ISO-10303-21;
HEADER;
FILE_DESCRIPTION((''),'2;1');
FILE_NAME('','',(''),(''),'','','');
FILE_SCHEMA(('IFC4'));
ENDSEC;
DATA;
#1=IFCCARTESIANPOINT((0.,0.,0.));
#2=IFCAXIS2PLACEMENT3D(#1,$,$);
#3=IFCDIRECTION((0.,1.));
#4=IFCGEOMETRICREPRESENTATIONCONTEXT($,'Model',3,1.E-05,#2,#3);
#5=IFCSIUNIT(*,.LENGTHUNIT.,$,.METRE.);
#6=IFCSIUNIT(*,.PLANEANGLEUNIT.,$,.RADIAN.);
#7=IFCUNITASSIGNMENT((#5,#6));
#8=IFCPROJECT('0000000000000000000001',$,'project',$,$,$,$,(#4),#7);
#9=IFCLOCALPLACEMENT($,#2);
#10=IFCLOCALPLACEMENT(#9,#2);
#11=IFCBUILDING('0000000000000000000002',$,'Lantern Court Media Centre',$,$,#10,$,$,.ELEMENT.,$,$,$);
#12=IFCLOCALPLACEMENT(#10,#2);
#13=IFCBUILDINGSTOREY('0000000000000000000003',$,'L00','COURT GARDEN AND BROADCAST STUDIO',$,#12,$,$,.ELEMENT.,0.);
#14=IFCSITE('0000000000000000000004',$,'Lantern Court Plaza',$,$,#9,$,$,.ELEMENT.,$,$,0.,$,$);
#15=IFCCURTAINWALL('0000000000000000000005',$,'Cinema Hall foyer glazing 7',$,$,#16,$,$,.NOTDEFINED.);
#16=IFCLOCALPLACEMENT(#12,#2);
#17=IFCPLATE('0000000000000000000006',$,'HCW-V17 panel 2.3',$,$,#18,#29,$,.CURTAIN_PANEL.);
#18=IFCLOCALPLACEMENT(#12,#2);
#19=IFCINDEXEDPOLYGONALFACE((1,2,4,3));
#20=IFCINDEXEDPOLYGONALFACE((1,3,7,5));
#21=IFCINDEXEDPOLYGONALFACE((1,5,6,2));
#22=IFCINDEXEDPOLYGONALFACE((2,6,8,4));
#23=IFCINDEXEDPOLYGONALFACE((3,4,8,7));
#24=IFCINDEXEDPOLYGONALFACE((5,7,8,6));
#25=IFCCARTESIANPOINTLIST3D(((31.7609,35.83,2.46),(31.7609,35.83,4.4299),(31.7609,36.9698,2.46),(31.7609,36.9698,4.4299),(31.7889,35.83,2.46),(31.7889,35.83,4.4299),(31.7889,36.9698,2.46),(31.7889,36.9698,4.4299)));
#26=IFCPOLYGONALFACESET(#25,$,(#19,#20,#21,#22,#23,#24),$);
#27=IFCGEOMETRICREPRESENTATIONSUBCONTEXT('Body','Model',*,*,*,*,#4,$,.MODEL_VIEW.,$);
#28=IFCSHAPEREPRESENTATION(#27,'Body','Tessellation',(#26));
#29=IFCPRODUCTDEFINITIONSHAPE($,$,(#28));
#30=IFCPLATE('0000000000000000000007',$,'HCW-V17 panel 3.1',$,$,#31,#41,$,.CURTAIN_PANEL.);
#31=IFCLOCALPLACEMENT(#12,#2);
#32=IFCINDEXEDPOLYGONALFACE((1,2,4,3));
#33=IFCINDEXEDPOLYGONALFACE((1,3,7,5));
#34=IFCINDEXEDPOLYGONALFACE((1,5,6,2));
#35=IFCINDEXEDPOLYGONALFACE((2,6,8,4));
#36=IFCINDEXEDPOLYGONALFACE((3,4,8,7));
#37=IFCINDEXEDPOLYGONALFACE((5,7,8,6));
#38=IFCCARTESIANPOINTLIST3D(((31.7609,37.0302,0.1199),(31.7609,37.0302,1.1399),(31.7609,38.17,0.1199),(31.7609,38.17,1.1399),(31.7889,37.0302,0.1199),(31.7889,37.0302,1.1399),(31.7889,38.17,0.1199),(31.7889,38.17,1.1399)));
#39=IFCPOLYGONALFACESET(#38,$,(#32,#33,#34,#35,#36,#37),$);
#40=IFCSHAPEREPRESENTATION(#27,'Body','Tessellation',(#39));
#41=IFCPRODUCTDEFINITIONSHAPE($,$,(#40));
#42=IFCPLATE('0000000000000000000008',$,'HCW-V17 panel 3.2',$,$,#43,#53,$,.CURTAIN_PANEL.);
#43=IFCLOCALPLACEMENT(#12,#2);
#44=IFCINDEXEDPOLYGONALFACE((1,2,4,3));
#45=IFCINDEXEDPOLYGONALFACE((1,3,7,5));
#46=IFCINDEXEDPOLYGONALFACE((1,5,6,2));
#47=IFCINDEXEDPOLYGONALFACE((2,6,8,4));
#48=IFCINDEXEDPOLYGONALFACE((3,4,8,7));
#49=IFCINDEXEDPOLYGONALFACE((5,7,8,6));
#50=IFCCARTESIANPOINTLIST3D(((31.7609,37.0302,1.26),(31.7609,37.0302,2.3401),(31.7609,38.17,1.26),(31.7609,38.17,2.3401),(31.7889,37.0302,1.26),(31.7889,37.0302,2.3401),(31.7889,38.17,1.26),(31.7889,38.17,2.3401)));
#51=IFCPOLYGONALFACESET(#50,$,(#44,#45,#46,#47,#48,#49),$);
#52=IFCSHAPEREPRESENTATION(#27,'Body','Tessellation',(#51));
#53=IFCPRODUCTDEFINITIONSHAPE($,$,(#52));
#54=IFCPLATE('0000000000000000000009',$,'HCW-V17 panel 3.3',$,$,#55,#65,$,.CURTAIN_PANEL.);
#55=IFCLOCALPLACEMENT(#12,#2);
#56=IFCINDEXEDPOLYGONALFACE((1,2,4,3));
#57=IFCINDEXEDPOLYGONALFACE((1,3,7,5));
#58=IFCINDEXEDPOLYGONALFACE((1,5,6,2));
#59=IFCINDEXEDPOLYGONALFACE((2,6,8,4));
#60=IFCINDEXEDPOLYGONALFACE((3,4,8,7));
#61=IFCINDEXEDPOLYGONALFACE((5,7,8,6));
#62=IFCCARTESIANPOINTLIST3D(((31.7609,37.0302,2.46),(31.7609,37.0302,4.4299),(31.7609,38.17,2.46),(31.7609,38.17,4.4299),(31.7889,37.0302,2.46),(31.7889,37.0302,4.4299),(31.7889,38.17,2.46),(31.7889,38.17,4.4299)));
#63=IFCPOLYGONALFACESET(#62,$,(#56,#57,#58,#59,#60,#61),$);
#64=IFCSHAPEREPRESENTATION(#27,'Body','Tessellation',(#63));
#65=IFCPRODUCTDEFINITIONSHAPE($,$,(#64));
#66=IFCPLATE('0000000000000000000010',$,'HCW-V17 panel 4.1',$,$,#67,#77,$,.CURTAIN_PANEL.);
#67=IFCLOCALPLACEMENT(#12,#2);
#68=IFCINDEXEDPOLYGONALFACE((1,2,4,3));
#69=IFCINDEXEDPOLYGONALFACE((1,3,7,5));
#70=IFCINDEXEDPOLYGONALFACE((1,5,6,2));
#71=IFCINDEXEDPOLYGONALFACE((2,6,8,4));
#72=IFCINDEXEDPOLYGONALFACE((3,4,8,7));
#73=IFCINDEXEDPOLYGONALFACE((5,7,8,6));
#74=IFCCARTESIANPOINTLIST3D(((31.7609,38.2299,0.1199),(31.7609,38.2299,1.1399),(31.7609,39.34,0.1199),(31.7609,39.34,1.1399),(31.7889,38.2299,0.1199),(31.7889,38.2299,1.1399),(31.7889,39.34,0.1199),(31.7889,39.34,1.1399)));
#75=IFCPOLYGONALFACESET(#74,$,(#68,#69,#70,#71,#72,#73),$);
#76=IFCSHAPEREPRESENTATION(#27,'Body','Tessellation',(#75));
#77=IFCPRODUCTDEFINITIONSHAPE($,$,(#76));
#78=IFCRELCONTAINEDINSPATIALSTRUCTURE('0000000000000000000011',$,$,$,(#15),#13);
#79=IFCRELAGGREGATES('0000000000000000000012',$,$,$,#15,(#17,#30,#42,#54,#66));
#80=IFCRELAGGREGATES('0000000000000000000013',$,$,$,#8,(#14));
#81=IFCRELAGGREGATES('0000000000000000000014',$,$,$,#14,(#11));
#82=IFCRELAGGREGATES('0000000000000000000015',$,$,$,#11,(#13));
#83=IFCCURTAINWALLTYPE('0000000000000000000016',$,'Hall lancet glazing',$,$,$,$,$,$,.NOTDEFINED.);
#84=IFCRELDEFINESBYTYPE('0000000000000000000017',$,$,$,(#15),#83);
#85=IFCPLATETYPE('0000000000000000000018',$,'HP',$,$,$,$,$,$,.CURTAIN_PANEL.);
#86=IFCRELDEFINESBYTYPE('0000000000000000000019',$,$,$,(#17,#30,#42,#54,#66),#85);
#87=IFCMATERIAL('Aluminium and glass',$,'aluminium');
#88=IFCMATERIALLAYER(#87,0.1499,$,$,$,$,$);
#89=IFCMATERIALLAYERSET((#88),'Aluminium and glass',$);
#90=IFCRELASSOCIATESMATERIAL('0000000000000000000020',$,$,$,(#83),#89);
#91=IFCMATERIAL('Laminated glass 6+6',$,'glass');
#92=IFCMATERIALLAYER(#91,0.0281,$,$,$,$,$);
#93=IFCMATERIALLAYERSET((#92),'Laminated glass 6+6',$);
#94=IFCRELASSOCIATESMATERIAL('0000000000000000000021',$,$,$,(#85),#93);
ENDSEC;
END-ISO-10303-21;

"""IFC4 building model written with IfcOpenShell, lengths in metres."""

from ifc_helpers import new_model, si_unit, direction, frame, origin, origin_2d, place, context, subcontext, project, spatial, rectangle, extrude, material, layer, layer_set, type_object, element, aggregate, save


model = new_model("IFC4")

# Units and contexts
model_context = context("Model", 3, precision=1e-05, world=origin(), true_north=direction((0.0, 1.0)))
body_context = subcontext(model_context, "Body", "Model", "MODEL_VIEW")
ifc_project = project(units=[si_unit("LENGTHUNIT", "METRE"), si_unit("PLANEANGLEUNIT", "RADIAN")], contexts=[model_context])

# Site, building, storey
site_placement = place(None, origin())
site = spatial("IfcSite", under=ifc_project, at=site_placement, Name="Lantern Court Plaza", CompositionType="ELEMENT", RefElevation=0.0)
building_placement = place(site_placement, origin())
building = spatial("IfcBuilding", under=site, at=building_placement, Name="Lantern Court Media Centre", CompositionType="ELEMENT")
storey_placement = place(building_placement, origin())
storey = spatial("IfcBuildingStorey", under=building, at=storey_placement, Name="L00", Description="COURT GARDEN AND BROADCAST STUDIO", CompositionType="ELEMENT", Elevation=0.0)

# Curtain wall, plates
ifc_material_1 = material(Name="Aluminium and glass", Category="aluminium")
ifc_layer_1 = layer(ifc_material_1, 0.1499)
ifc_layer_set_1 = layer_set([ifc_layer_1], Name="Aluminium and glass")
curtain_wall_type = type_object("IfcCurtainWallType", Name="Hall lancet glazing", PredefinedType="NOTDEFINED", material=ifc_layer_set_1)
curtain_wall_placement = place(storey_placement, origin())
curtain_wall = element("IfcCurtainWall", 1, at=curtain_wall_placement, inside=storey, type_object=curtain_wall_type, Name="Cinema Hall foyer glazing 7", PredefinedType="NOTDEFINED")
ifc_material_2 = material(Name="Laminated glass 6+6", Category="glass")
ifc_layer_2 = layer(ifc_material_2, 0.0281)
ifc_layer_set_2 = layer_set([ifc_layer_2], Name="Laminated glass 6+6")
plate_type = type_object("IfcPlateType", Name="HP", PredefinedType="CURTAIN_PANEL", material=ifc_layer_set_2)
plate_1_placement = place(storey_placement, frame((31.7749, 36.3999, 2.46), z_axis=(0.0, 0.0, 1.0), x_axis=(0.0, 1.0, 0.0)))
plate_1 = element("IfcPlate", 2, at=plate_1_placement, type_object=plate_type, Name="HCW-V17 panel 2.3", PredefinedType="CURTAIN_PANEL", context=body_context, shape_type="SweptSolid", body=[
    extrude(rectangle(XDim=1.1399, YDim=0.0281, at=origin_2d()), origin(), (0.0, 0.0, 1.0), 1.97),
])
plate_2_placement = place(storey_placement, frame((31.7749, 37.6001, 0.1199), z_axis=(0.0, 0.0, 1.0), x_axis=(0.0, 1.0, 0.0)))
plate_2 = element("IfcPlate", 3, at=plate_2_placement, type_object=plate_type, Name="HCW-V17 panel 3.1", PredefinedType="CURTAIN_PANEL", context=body_context, shape_type="SweptSolid", body=[
    extrude(rectangle(XDim=1.1399, YDim=0.0281, at=origin_2d()), origin(), (0.0, 0.0, 1.0), 1.02),
])
plate_3_placement = place(storey_placement, frame((31.7749, 37.6001, 1.26), z_axis=(0.0, 0.0, 1.0), x_axis=(0.0, 1.0, 0.0)))
plate_3 = element("IfcPlate", 4, at=plate_3_placement, type_object=plate_type, Name="HCW-V17 panel 3.2", PredefinedType="CURTAIN_PANEL", context=body_context, shape_type="SweptSolid", body=[
    extrude(rectangle(XDim=1.1399, YDim=0.0281, at=origin_2d()), origin(), (0.0, 0.0, 1.0), 1.0801),
])
plate_4_placement = place(storey_placement, frame((31.7749, 37.6001, 2.46), z_axis=(0.0, 0.0, 1.0), x_axis=(0.0, 1.0, 0.0)))
plate_4 = element("IfcPlate", 5, at=plate_4_placement, type_object=plate_type, Name="HCW-V17 panel 3.3", PredefinedType="CURTAIN_PANEL", context=body_context, shape_type="SweptSolid", body=[
    extrude(rectangle(XDim=1.1399, YDim=0.0281, at=origin_2d()), origin(), (0.0, 0.0, 1.0), 1.97),
])
plate_5_placement = place(storey_placement, frame((31.7749, 38.7849, 0.1199), z_axis=(0.0, 0.0, 1.0), x_axis=(0.0, 1.0, 0.0)))
plate_5 = element("IfcPlate", 6, at=plate_5_placement, type_object=plate_type, Name="HCW-V17 panel 4.1", PredefinedType="CURTAIN_PANEL", context=body_context, shape_type="SweptSolid", body=[
    extrude(rectangle(XDim=1.1101, YDim=0.0281, at=origin_2d()), origin(), (0.0, 0.0, 1.0), 1.02),
])
aggregate(curtain_wall, [plate_1, plate_2, plate_3, plate_4, plate_5])

save(model, "model.ifc")
